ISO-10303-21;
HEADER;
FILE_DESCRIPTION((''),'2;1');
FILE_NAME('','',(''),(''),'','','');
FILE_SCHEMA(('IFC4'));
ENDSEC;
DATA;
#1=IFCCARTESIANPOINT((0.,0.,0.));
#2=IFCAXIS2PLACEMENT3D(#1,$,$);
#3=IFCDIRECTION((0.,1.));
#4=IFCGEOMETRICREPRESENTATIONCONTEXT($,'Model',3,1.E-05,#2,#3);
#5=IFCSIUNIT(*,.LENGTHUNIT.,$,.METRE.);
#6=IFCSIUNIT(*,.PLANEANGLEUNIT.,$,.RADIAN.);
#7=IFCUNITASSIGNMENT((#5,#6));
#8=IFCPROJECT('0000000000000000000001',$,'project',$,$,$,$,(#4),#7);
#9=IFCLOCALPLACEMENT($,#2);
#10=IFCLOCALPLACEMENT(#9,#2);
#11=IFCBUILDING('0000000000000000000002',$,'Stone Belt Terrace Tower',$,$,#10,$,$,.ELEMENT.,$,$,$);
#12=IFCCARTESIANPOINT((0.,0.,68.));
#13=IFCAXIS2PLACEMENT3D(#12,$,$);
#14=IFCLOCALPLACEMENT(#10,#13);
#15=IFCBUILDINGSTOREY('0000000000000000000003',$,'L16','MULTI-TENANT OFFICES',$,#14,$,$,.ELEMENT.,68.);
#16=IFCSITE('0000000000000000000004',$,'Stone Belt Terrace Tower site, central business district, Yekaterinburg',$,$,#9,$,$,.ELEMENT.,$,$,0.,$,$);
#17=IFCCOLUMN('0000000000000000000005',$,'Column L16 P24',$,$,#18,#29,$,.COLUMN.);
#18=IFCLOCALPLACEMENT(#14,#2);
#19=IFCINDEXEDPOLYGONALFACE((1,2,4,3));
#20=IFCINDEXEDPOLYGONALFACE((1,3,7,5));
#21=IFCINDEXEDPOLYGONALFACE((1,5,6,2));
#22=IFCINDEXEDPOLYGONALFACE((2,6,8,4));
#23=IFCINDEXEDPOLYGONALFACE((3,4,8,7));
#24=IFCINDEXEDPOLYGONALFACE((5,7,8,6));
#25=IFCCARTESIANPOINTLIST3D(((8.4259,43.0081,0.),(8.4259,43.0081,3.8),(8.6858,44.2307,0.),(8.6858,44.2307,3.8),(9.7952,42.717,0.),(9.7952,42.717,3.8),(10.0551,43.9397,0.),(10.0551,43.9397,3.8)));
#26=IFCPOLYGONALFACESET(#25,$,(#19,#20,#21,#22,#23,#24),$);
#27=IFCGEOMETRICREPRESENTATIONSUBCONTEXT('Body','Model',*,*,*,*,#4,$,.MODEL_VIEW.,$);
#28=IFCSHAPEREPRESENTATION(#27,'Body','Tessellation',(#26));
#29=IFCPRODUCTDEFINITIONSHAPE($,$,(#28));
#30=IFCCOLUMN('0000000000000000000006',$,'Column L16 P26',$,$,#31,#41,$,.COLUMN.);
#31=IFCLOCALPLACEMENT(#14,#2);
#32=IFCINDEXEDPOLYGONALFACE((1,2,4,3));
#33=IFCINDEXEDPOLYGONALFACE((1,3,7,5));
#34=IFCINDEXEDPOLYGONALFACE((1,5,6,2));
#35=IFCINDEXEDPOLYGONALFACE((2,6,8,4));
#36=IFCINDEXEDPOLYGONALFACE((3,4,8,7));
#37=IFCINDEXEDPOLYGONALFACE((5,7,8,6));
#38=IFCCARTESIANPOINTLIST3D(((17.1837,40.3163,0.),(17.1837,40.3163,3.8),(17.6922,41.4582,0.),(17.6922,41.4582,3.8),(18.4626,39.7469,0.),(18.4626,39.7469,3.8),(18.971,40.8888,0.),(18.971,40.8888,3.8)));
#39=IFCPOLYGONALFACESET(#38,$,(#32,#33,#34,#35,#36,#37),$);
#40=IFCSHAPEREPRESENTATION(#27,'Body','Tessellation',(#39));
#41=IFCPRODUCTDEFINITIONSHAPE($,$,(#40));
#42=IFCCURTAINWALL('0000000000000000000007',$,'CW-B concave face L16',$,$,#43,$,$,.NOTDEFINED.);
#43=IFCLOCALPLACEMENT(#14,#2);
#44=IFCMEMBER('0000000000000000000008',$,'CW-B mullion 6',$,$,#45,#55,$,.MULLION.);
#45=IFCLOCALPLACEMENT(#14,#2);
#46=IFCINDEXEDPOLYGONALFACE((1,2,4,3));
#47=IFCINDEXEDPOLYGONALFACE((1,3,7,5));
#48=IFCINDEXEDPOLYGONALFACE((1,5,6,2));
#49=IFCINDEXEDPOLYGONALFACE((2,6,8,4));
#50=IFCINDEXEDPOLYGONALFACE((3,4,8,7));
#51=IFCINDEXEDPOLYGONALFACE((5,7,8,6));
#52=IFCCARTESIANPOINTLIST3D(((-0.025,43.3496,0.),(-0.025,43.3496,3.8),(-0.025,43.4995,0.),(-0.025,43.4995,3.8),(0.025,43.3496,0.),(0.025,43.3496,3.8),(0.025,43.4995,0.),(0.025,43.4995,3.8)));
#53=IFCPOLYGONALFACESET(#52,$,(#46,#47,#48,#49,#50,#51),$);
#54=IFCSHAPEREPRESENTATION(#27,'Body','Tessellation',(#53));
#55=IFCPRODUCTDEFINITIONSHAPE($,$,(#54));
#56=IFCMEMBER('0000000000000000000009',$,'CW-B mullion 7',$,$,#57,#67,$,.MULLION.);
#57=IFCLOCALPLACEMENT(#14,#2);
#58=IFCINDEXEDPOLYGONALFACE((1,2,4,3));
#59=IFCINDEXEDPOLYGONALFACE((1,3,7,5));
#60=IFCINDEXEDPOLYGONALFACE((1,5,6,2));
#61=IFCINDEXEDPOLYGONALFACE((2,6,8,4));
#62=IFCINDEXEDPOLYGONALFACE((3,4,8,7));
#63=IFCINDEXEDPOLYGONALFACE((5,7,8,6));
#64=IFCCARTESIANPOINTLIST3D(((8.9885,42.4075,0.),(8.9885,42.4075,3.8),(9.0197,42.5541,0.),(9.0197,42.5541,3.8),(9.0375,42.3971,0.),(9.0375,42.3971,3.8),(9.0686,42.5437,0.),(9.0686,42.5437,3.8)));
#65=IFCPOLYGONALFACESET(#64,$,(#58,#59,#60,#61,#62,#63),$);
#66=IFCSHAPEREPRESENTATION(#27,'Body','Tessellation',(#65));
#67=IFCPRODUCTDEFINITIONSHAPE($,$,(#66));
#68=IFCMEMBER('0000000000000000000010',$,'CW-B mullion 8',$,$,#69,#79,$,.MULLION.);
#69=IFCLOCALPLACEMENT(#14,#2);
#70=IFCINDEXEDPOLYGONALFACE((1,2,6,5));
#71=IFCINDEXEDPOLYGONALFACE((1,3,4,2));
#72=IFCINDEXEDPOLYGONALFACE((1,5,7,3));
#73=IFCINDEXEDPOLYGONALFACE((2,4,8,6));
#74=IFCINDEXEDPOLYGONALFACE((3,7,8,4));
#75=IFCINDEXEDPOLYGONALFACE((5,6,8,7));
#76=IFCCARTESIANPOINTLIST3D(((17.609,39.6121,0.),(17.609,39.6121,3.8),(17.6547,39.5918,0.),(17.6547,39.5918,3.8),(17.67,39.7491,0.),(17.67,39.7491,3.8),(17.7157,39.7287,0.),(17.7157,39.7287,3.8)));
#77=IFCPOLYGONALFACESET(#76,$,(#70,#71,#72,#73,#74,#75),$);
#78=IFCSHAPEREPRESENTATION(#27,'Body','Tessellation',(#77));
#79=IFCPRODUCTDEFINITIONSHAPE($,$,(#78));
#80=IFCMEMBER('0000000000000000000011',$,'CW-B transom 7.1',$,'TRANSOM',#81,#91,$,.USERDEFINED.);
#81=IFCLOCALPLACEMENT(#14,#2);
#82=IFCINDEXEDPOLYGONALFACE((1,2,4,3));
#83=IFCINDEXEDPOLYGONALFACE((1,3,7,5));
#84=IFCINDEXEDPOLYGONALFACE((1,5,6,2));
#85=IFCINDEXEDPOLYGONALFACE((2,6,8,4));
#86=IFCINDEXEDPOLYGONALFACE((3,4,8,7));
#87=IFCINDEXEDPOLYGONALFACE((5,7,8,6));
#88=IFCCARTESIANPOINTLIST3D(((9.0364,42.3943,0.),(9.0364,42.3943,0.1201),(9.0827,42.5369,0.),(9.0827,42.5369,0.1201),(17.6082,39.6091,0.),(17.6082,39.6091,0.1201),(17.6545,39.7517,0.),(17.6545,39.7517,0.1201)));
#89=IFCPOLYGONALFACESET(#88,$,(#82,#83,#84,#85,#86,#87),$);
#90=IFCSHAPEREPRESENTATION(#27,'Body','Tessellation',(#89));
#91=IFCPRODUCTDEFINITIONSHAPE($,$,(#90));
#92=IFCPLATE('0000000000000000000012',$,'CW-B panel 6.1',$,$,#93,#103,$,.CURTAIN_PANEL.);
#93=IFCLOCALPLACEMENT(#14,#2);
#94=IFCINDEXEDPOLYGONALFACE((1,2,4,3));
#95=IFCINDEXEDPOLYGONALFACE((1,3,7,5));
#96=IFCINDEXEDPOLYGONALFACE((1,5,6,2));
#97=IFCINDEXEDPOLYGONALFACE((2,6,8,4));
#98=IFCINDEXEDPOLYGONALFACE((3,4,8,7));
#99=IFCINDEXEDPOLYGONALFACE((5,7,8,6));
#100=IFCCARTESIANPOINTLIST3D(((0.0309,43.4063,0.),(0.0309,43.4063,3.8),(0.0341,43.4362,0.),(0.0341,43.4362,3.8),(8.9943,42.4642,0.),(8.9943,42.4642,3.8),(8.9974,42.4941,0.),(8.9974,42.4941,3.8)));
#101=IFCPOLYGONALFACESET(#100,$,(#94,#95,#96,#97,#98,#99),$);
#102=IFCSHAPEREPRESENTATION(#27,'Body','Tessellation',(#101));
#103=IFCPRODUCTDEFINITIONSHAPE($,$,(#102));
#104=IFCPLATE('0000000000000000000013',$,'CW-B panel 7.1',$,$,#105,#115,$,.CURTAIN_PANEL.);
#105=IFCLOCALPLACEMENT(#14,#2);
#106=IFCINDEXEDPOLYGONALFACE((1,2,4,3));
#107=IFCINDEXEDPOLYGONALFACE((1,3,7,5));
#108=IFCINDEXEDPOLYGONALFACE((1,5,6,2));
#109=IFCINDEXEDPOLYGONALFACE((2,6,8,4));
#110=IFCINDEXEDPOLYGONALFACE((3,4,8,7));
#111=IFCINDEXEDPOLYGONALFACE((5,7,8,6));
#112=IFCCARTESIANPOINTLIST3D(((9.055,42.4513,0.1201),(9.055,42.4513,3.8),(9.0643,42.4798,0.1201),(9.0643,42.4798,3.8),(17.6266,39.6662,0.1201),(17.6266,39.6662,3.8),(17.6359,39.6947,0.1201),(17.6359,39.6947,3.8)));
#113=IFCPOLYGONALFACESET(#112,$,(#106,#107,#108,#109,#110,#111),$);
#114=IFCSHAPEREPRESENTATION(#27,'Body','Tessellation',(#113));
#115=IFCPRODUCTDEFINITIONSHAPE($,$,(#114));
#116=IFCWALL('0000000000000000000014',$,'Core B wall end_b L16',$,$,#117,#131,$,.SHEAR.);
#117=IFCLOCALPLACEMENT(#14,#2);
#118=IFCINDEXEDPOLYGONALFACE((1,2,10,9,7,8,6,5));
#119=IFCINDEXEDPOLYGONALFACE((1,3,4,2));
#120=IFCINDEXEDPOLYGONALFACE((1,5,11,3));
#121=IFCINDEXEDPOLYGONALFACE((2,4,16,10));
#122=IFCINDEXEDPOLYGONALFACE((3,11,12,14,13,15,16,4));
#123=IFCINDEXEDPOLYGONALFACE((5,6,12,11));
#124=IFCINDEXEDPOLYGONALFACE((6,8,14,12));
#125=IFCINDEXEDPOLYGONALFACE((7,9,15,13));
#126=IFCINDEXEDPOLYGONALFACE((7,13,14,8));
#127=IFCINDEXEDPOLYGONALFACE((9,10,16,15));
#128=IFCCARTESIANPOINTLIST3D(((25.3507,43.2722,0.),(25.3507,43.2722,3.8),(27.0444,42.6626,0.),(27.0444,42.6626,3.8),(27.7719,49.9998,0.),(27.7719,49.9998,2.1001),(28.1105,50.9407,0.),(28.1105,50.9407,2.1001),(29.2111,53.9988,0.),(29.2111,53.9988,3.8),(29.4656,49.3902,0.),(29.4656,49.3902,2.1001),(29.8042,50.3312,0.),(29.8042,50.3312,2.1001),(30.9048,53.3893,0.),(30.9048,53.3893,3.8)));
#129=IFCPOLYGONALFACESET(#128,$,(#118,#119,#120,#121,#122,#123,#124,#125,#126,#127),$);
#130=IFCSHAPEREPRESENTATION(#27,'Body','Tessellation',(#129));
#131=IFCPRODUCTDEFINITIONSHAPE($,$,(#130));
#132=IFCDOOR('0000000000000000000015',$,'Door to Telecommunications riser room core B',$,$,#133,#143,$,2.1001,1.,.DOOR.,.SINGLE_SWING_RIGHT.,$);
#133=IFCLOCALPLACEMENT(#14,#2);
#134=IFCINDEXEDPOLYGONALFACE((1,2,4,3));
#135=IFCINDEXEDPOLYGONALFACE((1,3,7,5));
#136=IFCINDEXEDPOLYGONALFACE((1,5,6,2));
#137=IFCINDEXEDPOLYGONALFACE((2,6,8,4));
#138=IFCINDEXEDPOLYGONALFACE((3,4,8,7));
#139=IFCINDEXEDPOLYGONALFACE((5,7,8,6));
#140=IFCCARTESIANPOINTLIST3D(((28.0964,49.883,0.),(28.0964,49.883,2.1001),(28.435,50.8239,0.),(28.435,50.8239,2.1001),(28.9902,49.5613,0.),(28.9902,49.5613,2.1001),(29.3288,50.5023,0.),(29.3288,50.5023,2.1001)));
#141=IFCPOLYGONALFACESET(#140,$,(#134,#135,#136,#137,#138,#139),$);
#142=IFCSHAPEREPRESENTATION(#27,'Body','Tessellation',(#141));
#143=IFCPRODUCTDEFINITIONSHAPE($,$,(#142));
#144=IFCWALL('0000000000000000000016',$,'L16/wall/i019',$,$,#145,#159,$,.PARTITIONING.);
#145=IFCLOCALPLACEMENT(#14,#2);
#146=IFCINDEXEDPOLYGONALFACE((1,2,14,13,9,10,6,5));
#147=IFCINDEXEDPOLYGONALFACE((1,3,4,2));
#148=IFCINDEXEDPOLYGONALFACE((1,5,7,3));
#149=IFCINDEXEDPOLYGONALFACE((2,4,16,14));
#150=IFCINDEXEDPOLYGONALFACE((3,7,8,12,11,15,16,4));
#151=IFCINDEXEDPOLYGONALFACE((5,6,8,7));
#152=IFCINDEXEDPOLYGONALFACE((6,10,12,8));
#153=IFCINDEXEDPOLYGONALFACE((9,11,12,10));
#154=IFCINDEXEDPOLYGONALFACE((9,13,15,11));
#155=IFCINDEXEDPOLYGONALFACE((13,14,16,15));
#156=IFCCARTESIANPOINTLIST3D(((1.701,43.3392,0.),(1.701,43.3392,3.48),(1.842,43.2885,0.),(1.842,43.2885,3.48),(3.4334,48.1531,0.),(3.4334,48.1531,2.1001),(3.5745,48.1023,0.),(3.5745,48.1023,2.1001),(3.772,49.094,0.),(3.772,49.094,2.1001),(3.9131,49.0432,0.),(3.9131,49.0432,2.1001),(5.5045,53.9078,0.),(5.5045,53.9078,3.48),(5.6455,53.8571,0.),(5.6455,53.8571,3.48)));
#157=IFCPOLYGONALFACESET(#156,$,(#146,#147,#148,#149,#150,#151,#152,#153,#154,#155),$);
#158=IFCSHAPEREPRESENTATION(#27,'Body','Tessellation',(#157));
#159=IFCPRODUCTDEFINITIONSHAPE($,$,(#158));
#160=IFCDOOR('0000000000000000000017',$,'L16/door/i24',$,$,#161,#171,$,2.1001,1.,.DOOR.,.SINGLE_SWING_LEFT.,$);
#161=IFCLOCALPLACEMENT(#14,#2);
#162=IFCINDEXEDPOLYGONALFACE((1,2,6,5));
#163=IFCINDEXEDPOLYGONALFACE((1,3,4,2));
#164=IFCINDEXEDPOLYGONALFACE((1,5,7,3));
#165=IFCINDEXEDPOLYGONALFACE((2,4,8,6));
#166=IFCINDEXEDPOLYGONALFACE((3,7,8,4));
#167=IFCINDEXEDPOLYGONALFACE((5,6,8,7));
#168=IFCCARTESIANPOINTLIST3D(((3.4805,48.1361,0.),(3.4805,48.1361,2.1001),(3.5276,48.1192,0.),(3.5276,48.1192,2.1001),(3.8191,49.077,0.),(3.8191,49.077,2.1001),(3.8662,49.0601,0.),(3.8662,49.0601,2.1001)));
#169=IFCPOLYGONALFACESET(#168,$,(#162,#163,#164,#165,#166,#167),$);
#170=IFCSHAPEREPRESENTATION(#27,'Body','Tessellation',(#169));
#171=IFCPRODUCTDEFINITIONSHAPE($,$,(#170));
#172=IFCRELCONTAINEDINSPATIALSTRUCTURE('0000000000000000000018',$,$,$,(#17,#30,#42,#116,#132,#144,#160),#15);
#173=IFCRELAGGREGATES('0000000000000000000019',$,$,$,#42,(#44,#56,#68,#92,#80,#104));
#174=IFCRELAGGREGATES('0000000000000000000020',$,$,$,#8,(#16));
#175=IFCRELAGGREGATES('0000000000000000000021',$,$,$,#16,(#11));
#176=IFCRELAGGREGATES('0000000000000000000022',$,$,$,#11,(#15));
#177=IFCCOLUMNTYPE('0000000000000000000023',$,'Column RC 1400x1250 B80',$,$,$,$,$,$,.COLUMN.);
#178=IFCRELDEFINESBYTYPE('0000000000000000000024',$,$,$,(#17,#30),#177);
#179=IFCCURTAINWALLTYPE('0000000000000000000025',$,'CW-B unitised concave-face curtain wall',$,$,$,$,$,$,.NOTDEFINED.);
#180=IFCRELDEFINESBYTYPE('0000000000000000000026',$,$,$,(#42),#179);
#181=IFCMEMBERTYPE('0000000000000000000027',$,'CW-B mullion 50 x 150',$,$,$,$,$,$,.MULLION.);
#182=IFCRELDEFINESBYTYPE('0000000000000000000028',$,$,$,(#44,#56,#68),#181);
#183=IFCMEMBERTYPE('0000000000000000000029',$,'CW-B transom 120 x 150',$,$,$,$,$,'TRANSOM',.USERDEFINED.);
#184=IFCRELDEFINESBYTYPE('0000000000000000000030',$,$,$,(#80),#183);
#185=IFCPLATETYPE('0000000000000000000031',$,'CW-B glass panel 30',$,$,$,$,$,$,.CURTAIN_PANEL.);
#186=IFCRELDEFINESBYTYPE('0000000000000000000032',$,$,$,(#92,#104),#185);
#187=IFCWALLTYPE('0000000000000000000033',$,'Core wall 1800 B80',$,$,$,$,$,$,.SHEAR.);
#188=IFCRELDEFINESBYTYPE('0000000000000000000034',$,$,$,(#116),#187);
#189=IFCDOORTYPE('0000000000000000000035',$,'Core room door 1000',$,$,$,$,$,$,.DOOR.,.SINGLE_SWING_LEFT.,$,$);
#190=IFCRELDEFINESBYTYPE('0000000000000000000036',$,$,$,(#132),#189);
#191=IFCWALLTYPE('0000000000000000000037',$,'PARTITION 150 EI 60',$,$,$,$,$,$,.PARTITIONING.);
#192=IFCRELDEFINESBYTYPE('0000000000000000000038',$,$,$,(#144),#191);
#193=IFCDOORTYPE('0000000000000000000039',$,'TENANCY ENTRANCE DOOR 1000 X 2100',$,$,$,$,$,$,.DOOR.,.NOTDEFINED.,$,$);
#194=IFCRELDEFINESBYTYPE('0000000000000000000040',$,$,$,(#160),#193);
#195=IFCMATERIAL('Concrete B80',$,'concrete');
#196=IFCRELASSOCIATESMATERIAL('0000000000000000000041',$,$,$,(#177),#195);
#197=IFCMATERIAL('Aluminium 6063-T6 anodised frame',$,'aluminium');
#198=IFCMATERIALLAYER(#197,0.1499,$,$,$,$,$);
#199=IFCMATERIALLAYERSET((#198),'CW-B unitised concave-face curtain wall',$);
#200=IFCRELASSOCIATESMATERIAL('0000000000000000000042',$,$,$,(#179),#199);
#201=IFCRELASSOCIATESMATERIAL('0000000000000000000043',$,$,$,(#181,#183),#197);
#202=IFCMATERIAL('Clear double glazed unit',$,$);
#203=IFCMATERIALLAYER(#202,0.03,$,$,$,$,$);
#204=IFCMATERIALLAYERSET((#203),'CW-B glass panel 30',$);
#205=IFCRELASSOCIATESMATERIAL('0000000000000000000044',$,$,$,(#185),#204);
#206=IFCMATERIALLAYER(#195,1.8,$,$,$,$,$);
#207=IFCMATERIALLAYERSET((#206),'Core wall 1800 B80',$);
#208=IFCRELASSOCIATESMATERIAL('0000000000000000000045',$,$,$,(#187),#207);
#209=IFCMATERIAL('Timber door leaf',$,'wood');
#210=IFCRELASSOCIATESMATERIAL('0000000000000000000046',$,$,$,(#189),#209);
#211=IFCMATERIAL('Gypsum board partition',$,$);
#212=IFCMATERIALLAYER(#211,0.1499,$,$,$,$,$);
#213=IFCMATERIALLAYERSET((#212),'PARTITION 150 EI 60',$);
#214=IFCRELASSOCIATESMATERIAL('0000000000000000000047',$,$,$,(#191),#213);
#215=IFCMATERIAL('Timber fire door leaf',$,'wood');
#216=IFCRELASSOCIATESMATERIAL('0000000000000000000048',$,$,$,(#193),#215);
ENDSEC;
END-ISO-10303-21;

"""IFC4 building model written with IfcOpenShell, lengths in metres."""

from ifc_helpers import new_model, si_unit, direction, frame, frame_2d, origin, origin_2d, place, context, subcontext, project, spatial, rectangle, extrude, material, layer, layer_set, material_profile, profile_set, type_object, element, fill, aggregate, save


model = new_model("IFC4")

# Units and contexts
model_context = context("Model", 3, precision=1e-05, world=origin(), true_north=direction((0.0, 1.0)))
body_context = subcontext(model_context, "Body", "Model", "MODEL_VIEW")
ifc_project = project(units=[si_unit("LENGTHUNIT", "METRE"), si_unit("PLANEANGLEUNIT", "RADIAN")], contexts=[model_context])

# Site, building, storey
site_placement = place(None, origin())
site = spatial("IfcSite", under=ifc_project, at=site_placement, Name="Stone Belt Terrace Tower site, central business district, Yekaterinburg", CompositionType="ELEMENT", RefElevation=0.0)
building_placement = place(site_placement, origin())
building = spatial("IfcBuilding", under=site, at=building_placement, Name="Stone Belt Terrace Tower", CompositionType="ELEMENT")
storey_placement = place(building_placement, frame((0.0, 0.0, 68.0)))
storey = spatial("IfcBuildingStorey", under=building, at=storey_placement, Name="L16", Description="MULTI-TENANT OFFICES", CompositionType="ELEMENT", Elevation=68.0)

# Columns
ifc_material_1 = material(Name="Concrete B80", Category="concrete")
ifc_material_profile_1 = material_profile(ifc_material_1, rectangle(XDim=1.3999, YDim=1.25, at=origin_2d()), Name="RC 1400x1250")
ifc_profile_set_1 = profile_set([ifc_material_profile_1], Name="Concrete B80")
column_type = type_object("IfcColumnType", Name="Column RC 1400x1250 B80", PredefinedType="COLUMN", material=ifc_profile_set_1)
for number, where, z_axis, x_axis, name in (
    (1, (9.2405, 43.4739, 0.0), (0.0, 0.0, 1.0), (0.978148, -0.207912, 0.0), "Column L16 P24"),
    (2, (18.0774, 40.6025, 0.0), (0.0, 0.0, 1.0), (0.913545, -0.406737, 0.0), "Column L16 P26"),
):
    element("IfcColumn", number, at=place(storey_placement, frame(where, z_axis=z_axis, x_axis=x_axis)), inside=storey, type_object=column_type, Name=name, PredefinedType="COLUMN", context=body_context, shape_type="SweptSolid", body=[
        extrude(rectangle(XDim=1.3999, YDim=1.25, at=origin_2d()), origin(), (0.0, 0.0, 1.0), 3.8),
    ])

# Curtain wall, members, plates
ifc_material_2 = material(Name="Aluminium 6063-T6 anodised frame", Category="aluminium")
ifc_layer_1 = layer(ifc_material_2, 0.1499)
ifc_layer_set_1 = layer_set([ifc_layer_1], Name="CW-B unitised concave-face curtain wall")
curtain_wall_type = type_object("IfcCurtainWallType", Name="CW-B unitised concave-face curtain wall", PredefinedType="NOTDEFINED", material=ifc_layer_set_1)
curtain_wall_placement = place(storey_placement, origin())
curtain_wall = element("IfcCurtainWall", 3, at=curtain_wall_placement, inside=storey, type_object=curtain_wall_type, Name="CW-B concave face L16", PredefinedType="NOTDEFINED")
ifc_material_profile_2 = material_profile(ifc_material_2, rectangle(XDim=0.1499, YDim=0.05, at=origin_2d()), Name="Aluminium 6063-T6 50x150")
ifc_profile_set_2 = profile_set([ifc_material_profile_2], Name="Aluminium 6063-T6 anodised frame")
member_type_1 = type_object("IfcMemberType", Name="CW-B mullion 50 x 150", PredefinedType="MULLION", material=ifc_profile_set_2)
member_1_placement = place(storey_placement, frame((0.0, 43.4246, 0.0), z_axis=(0.0, 0.0, 1.0), x_axis=(0.0, 1.0, 0.0)))
member_1 = element("IfcMember", 4, at=member_1_placement, type_object=member_type_1, Name="CW-B mullion 6", PredefinedType="MULLION", context=body_context, shape_type="SweptSolid", body=[
    extrude(rectangle(XDim=0.1499, YDim=0.05, at=origin_2d()), origin(), (0.0, 0.0, 1.0), 3.8),
])
member_2_placement = place(storey_placement, frame((9.0286, 42.4756, 0.0), z_axis=(0.0, 0.0, 1.0), x_axis=(0.207912, 0.978148, 0.0)))
member_2 = element("IfcMember", 5, at=member_2_placement, type_object=member_type_1, Name="CW-B mullion 7", PredefinedType="MULLION", context=body_context, shape_type="SweptSolid", body=[
    extrude(rectangle(XDim=0.1499, YDim=0.05, at=origin_2d()), origin(), (0.0, 0.0, 1.0), 3.8),
])
member_3_placement = place(storey_placement, frame((17.6624, 39.6704, 0.0), z_axis=(0.0, 0.0, 1.0), x_axis=(0.406737, 0.913545, 0.0)))
member_3 = element("IfcMember", 6, at=member_3_placement, type_object=member_type_1, Name="CW-B mullion 8", PredefinedType="MULLION", context=body_context, shape_type="SweptSolid", body=[
    extrude(rectangle(XDim=0.1499, YDim=0.05, at=origin_2d()), origin(), (0.0, 0.0, 1.0), 3.8),
])
ifc_material_profile_3 = material_profile(ifc_material_2, rectangle(XDim=0.1499, YDim=0.1201, at=origin_2d()), Name="Aluminium 6063-T6 150x120")
ifc_profile_set_3 = profile_set([ifc_material_profile_3], Name="Aluminium 6063-T6 anodised frame")
member_type_2 = type_object("IfcMemberType", Name="CW-B transom 120 x 150", ElementType="TRANSOM", PredefinedType="USERDEFINED", material=ifc_profile_set_3)
member_4_placement = place(storey_placement, frame((9.0596, 42.4656, 0.0601), z_axis=(0.951056, -0.309019, 0.0), x_axis=(0.309019, 0.951056, 0.0)))
member_4 = element("IfcMember", 7, at=member_4_placement, type_object=member_type_2, Name="CW-B transom 7.1", ObjectType="TRANSOM", PredefinedType="USERDEFINED", context=body_context, shape_type="SweptSolid", body=[
    extrude(rectangle(XDim=0.1499, YDim=0.1201, at=origin_2d()), origin(), (0.0, 0.0, 1.0), 9.0129),
])
ifc_material_3 = material(Name="Clear double glazed unit")
ifc_layer_2 = layer(ifc_material_3, 0.03)
ifc_layer_set_2 = layer_set([ifc_layer_2], Name="CW-B glass panel 30")
plate_type = type_object("IfcPlateType", Name="CW-B glass panel 30", PredefinedType="CURTAIN_PANEL", material=ifc_layer_set_2)
plate_1_placement = place(storey_placement, frame((4.5142, 42.9502, 0.0), z_axis=(0.0, 0.0, 1.0), x_axis=(0.994522, -0.104528, 0.0)))
plate_1 = element("IfcPlate", 8, at=plate_1_placement, type_object=plate_type, Name="CW-B panel 6.1", PredefinedType="CURTAIN_PANEL", context=body_context, shape_type="SweptSolid", body=[
    extrude(rectangle(XDim=9.0127, YDim=0.03, at=origin_2d()), origin(), (0.0, 0.0, 1.0), 3.8),
])
plate_2_placement = place(storey_placement, frame((13.3455, 41.073, 0.1201), z_axis=(0.0, 0.0, 1.0), x_axis=(0.951057, -0.309017, 0.0)))
plate_2 = element("IfcPlate", 9, at=plate_2_placement, type_object=plate_type, Name="CW-B panel 7.1", PredefinedType="CURTAIN_PANEL", context=body_context, shape_type="SweptSolid", body=[
    extrude(rectangle(XDim=9.0127, YDim=0.03, at=origin_2d()), origin(), (0.0, 0.0, 1.0), 3.6799),
])
aggregate(curtain_wall, [member_1, member_2, member_3, plate_1, member_4, plate_2])

# Walls, openings, doors
ifc_layer_3 = layer(ifc_material_1, 1.8)
ifc_layer_set_3 = layer_set([ifc_layer_3], Name="Core wall 1800 B80")
wall_type_1 = type_object("IfcWallType", Name="Core wall 1800 B80", PredefinedType="SHEAR", material=ifc_layer_set_3)
wall_1_placement = place(storey_placement, frame((26.1975, 42.9673, 0.0), z_axis=(0.0, 0.0, 1.0), x_axis=(0.338625, 0.940921, 0.0)))
wall_1 = element("IfcWall", 10, at=wall_1_placement, inside=storey, type_object=wall_type_1, Name="Core B wall end_b L16", PredefinedType="SHEAR", context=body_context, shape_type="SweptSolid", body=[
    extrude(rectangle(XDim=11.4001, YDim=1.8, at=frame_2d((5.7002, 0.0))), origin(), (0.0, 0.0, 1.0), 3.8),
])
opening_1_placement = place(wall_1_placement, frame((7.1501, 0.0, 0.0)))
opening_1 = element("IfcOpeningElement", 11, at=opening_1_placement, cuts=wall_1, PredefinedType="OPENING", context=body_context, shape_type="SweptSolid", body=[
    extrude(rectangle(XDim=1.0, YDim=2.1001, at=frame_2d((0.5, 1.05))), frame((0.0, 0.9099, 0.0), z_axis=(0.0, -1.0, 0.0), x_axis=(1.0, 0.0, 0.0)), (0.0, 0.0, 1.0), 1.8201),
])
ifc_material_4 = material(Name="Timber door leaf", Category="wood")
door_type_1 = type_object("IfcDoorType", Name="Core room door 1000", OperationType="SINGLE_SWING_LEFT", PredefinedType="DOOR", material=ifc_material_4)
door_1_placement = place(opening_1_placement, origin())
door_1 = element("IfcDoor", 12, at=door_1_placement, inside=storey, type_object=door_type_1, Name="Door to Telecommunications riser room core B", OperationType="SINGLE_SWING_RIGHT", OverallHeight=2.1001, OverallWidth=1.0, PredefinedType="DOOR", context=body_context, shape_type="SweptSolid", body=[
    extrude(rectangle(XDim=1.0, YDim=2.1001, at=frame_2d((0.5, 1.05))), frame((0.0, 0.5552, 0.0), z_axis=(0.0, -1.0, 0.0), x_axis=(1.0, 0.0, 0.0)), (0.0, 0.0, 1.0), 0.95),
])
fill(opening_1, door_1)
ifc_material_5 = material(Name="Gypsum board partition")
ifc_layer_4 = layer(ifc_material_5, 0.1499)
ifc_layer_set_4 = layer_set([ifc_layer_4], Name="PARTITION 150 EI 60")
wall_type_2 = type_object("IfcWallType", Name="PARTITION 150 EI 60", PredefinedType="PARTITIONING", material=ifc_layer_set_4)
wall_2_placement = place(storey_placement, frame((1.7715, 43.3137, 0.0), z_axis=(0.0, 0.0, 1.0), x_axis=(0.338622, 0.940922, 0.0)))
wall_2 = element("IfcWall", 13, at=wall_2_placement, inside=storey, type_object=wall_type_2, Name="L16/wall/i019", PredefinedType="PARTITIONING", context=body_context, shape_type="SweptSolid", body=[
    extrude(rectangle(XDim=11.2322, YDim=0.1499, at=frame_2d((5.6162, 0.0))), origin(), (0.0, 0.0, 1.0), 3.48),
])
opening_2_placement = place(wall_2_placement, frame((5.1162, 0.0, 0.0)))
opening_2 = element("IfcOpeningElement", 14, at=opening_2_placement, cuts=wall_2, PredefinedType="OPENING", context=body_context, shape_type="SweptSolid", body=[
    extrude(rectangle(XDim=1.0, YDim=2.1001, at=frame_2d((0.5, 1.05))), frame((0.0, 0.085, 0.0), z_axis=(0.0, -1.0, 0.0), x_axis=(1.0, 0.0, 0.0)), (0.0, 0.0, 1.0), 0.1699),
])
ifc_material_6 = material(Name="Timber fire door leaf", Category="wood")
door_type_2 = type_object("IfcDoorType", Name="TENANCY ENTRANCE DOOR 1000 X 2100", OperationType="NOTDEFINED", PredefinedType="DOOR", material=ifc_material_6)
door_2_placement = place(opening_2_placement, origin())
door_2 = element("IfcDoor", 15, at=door_2_placement, inside=storey, type_object=door_type_2, Name="L16/door/i24", OperationType="SINGLE_SWING_LEFT", OverallHeight=2.1001, OverallWidth=1.0, PredefinedType="DOOR", context=body_context, shape_type="SweptSolid", body=[
    extrude(rectangle(XDim=1.0, YDim=2.1001, at=frame_2d((0.5, 1.05))), frame((0.0, 0.0249, 0.0), z_axis=(0.0, -1.0, 0.0), x_axis=(1.0, 0.0, 0.0)), (0.0, 0.0, 1.0), 0.05),
])
fill(opening_2, door_2)

save(model, "model.ifc")
